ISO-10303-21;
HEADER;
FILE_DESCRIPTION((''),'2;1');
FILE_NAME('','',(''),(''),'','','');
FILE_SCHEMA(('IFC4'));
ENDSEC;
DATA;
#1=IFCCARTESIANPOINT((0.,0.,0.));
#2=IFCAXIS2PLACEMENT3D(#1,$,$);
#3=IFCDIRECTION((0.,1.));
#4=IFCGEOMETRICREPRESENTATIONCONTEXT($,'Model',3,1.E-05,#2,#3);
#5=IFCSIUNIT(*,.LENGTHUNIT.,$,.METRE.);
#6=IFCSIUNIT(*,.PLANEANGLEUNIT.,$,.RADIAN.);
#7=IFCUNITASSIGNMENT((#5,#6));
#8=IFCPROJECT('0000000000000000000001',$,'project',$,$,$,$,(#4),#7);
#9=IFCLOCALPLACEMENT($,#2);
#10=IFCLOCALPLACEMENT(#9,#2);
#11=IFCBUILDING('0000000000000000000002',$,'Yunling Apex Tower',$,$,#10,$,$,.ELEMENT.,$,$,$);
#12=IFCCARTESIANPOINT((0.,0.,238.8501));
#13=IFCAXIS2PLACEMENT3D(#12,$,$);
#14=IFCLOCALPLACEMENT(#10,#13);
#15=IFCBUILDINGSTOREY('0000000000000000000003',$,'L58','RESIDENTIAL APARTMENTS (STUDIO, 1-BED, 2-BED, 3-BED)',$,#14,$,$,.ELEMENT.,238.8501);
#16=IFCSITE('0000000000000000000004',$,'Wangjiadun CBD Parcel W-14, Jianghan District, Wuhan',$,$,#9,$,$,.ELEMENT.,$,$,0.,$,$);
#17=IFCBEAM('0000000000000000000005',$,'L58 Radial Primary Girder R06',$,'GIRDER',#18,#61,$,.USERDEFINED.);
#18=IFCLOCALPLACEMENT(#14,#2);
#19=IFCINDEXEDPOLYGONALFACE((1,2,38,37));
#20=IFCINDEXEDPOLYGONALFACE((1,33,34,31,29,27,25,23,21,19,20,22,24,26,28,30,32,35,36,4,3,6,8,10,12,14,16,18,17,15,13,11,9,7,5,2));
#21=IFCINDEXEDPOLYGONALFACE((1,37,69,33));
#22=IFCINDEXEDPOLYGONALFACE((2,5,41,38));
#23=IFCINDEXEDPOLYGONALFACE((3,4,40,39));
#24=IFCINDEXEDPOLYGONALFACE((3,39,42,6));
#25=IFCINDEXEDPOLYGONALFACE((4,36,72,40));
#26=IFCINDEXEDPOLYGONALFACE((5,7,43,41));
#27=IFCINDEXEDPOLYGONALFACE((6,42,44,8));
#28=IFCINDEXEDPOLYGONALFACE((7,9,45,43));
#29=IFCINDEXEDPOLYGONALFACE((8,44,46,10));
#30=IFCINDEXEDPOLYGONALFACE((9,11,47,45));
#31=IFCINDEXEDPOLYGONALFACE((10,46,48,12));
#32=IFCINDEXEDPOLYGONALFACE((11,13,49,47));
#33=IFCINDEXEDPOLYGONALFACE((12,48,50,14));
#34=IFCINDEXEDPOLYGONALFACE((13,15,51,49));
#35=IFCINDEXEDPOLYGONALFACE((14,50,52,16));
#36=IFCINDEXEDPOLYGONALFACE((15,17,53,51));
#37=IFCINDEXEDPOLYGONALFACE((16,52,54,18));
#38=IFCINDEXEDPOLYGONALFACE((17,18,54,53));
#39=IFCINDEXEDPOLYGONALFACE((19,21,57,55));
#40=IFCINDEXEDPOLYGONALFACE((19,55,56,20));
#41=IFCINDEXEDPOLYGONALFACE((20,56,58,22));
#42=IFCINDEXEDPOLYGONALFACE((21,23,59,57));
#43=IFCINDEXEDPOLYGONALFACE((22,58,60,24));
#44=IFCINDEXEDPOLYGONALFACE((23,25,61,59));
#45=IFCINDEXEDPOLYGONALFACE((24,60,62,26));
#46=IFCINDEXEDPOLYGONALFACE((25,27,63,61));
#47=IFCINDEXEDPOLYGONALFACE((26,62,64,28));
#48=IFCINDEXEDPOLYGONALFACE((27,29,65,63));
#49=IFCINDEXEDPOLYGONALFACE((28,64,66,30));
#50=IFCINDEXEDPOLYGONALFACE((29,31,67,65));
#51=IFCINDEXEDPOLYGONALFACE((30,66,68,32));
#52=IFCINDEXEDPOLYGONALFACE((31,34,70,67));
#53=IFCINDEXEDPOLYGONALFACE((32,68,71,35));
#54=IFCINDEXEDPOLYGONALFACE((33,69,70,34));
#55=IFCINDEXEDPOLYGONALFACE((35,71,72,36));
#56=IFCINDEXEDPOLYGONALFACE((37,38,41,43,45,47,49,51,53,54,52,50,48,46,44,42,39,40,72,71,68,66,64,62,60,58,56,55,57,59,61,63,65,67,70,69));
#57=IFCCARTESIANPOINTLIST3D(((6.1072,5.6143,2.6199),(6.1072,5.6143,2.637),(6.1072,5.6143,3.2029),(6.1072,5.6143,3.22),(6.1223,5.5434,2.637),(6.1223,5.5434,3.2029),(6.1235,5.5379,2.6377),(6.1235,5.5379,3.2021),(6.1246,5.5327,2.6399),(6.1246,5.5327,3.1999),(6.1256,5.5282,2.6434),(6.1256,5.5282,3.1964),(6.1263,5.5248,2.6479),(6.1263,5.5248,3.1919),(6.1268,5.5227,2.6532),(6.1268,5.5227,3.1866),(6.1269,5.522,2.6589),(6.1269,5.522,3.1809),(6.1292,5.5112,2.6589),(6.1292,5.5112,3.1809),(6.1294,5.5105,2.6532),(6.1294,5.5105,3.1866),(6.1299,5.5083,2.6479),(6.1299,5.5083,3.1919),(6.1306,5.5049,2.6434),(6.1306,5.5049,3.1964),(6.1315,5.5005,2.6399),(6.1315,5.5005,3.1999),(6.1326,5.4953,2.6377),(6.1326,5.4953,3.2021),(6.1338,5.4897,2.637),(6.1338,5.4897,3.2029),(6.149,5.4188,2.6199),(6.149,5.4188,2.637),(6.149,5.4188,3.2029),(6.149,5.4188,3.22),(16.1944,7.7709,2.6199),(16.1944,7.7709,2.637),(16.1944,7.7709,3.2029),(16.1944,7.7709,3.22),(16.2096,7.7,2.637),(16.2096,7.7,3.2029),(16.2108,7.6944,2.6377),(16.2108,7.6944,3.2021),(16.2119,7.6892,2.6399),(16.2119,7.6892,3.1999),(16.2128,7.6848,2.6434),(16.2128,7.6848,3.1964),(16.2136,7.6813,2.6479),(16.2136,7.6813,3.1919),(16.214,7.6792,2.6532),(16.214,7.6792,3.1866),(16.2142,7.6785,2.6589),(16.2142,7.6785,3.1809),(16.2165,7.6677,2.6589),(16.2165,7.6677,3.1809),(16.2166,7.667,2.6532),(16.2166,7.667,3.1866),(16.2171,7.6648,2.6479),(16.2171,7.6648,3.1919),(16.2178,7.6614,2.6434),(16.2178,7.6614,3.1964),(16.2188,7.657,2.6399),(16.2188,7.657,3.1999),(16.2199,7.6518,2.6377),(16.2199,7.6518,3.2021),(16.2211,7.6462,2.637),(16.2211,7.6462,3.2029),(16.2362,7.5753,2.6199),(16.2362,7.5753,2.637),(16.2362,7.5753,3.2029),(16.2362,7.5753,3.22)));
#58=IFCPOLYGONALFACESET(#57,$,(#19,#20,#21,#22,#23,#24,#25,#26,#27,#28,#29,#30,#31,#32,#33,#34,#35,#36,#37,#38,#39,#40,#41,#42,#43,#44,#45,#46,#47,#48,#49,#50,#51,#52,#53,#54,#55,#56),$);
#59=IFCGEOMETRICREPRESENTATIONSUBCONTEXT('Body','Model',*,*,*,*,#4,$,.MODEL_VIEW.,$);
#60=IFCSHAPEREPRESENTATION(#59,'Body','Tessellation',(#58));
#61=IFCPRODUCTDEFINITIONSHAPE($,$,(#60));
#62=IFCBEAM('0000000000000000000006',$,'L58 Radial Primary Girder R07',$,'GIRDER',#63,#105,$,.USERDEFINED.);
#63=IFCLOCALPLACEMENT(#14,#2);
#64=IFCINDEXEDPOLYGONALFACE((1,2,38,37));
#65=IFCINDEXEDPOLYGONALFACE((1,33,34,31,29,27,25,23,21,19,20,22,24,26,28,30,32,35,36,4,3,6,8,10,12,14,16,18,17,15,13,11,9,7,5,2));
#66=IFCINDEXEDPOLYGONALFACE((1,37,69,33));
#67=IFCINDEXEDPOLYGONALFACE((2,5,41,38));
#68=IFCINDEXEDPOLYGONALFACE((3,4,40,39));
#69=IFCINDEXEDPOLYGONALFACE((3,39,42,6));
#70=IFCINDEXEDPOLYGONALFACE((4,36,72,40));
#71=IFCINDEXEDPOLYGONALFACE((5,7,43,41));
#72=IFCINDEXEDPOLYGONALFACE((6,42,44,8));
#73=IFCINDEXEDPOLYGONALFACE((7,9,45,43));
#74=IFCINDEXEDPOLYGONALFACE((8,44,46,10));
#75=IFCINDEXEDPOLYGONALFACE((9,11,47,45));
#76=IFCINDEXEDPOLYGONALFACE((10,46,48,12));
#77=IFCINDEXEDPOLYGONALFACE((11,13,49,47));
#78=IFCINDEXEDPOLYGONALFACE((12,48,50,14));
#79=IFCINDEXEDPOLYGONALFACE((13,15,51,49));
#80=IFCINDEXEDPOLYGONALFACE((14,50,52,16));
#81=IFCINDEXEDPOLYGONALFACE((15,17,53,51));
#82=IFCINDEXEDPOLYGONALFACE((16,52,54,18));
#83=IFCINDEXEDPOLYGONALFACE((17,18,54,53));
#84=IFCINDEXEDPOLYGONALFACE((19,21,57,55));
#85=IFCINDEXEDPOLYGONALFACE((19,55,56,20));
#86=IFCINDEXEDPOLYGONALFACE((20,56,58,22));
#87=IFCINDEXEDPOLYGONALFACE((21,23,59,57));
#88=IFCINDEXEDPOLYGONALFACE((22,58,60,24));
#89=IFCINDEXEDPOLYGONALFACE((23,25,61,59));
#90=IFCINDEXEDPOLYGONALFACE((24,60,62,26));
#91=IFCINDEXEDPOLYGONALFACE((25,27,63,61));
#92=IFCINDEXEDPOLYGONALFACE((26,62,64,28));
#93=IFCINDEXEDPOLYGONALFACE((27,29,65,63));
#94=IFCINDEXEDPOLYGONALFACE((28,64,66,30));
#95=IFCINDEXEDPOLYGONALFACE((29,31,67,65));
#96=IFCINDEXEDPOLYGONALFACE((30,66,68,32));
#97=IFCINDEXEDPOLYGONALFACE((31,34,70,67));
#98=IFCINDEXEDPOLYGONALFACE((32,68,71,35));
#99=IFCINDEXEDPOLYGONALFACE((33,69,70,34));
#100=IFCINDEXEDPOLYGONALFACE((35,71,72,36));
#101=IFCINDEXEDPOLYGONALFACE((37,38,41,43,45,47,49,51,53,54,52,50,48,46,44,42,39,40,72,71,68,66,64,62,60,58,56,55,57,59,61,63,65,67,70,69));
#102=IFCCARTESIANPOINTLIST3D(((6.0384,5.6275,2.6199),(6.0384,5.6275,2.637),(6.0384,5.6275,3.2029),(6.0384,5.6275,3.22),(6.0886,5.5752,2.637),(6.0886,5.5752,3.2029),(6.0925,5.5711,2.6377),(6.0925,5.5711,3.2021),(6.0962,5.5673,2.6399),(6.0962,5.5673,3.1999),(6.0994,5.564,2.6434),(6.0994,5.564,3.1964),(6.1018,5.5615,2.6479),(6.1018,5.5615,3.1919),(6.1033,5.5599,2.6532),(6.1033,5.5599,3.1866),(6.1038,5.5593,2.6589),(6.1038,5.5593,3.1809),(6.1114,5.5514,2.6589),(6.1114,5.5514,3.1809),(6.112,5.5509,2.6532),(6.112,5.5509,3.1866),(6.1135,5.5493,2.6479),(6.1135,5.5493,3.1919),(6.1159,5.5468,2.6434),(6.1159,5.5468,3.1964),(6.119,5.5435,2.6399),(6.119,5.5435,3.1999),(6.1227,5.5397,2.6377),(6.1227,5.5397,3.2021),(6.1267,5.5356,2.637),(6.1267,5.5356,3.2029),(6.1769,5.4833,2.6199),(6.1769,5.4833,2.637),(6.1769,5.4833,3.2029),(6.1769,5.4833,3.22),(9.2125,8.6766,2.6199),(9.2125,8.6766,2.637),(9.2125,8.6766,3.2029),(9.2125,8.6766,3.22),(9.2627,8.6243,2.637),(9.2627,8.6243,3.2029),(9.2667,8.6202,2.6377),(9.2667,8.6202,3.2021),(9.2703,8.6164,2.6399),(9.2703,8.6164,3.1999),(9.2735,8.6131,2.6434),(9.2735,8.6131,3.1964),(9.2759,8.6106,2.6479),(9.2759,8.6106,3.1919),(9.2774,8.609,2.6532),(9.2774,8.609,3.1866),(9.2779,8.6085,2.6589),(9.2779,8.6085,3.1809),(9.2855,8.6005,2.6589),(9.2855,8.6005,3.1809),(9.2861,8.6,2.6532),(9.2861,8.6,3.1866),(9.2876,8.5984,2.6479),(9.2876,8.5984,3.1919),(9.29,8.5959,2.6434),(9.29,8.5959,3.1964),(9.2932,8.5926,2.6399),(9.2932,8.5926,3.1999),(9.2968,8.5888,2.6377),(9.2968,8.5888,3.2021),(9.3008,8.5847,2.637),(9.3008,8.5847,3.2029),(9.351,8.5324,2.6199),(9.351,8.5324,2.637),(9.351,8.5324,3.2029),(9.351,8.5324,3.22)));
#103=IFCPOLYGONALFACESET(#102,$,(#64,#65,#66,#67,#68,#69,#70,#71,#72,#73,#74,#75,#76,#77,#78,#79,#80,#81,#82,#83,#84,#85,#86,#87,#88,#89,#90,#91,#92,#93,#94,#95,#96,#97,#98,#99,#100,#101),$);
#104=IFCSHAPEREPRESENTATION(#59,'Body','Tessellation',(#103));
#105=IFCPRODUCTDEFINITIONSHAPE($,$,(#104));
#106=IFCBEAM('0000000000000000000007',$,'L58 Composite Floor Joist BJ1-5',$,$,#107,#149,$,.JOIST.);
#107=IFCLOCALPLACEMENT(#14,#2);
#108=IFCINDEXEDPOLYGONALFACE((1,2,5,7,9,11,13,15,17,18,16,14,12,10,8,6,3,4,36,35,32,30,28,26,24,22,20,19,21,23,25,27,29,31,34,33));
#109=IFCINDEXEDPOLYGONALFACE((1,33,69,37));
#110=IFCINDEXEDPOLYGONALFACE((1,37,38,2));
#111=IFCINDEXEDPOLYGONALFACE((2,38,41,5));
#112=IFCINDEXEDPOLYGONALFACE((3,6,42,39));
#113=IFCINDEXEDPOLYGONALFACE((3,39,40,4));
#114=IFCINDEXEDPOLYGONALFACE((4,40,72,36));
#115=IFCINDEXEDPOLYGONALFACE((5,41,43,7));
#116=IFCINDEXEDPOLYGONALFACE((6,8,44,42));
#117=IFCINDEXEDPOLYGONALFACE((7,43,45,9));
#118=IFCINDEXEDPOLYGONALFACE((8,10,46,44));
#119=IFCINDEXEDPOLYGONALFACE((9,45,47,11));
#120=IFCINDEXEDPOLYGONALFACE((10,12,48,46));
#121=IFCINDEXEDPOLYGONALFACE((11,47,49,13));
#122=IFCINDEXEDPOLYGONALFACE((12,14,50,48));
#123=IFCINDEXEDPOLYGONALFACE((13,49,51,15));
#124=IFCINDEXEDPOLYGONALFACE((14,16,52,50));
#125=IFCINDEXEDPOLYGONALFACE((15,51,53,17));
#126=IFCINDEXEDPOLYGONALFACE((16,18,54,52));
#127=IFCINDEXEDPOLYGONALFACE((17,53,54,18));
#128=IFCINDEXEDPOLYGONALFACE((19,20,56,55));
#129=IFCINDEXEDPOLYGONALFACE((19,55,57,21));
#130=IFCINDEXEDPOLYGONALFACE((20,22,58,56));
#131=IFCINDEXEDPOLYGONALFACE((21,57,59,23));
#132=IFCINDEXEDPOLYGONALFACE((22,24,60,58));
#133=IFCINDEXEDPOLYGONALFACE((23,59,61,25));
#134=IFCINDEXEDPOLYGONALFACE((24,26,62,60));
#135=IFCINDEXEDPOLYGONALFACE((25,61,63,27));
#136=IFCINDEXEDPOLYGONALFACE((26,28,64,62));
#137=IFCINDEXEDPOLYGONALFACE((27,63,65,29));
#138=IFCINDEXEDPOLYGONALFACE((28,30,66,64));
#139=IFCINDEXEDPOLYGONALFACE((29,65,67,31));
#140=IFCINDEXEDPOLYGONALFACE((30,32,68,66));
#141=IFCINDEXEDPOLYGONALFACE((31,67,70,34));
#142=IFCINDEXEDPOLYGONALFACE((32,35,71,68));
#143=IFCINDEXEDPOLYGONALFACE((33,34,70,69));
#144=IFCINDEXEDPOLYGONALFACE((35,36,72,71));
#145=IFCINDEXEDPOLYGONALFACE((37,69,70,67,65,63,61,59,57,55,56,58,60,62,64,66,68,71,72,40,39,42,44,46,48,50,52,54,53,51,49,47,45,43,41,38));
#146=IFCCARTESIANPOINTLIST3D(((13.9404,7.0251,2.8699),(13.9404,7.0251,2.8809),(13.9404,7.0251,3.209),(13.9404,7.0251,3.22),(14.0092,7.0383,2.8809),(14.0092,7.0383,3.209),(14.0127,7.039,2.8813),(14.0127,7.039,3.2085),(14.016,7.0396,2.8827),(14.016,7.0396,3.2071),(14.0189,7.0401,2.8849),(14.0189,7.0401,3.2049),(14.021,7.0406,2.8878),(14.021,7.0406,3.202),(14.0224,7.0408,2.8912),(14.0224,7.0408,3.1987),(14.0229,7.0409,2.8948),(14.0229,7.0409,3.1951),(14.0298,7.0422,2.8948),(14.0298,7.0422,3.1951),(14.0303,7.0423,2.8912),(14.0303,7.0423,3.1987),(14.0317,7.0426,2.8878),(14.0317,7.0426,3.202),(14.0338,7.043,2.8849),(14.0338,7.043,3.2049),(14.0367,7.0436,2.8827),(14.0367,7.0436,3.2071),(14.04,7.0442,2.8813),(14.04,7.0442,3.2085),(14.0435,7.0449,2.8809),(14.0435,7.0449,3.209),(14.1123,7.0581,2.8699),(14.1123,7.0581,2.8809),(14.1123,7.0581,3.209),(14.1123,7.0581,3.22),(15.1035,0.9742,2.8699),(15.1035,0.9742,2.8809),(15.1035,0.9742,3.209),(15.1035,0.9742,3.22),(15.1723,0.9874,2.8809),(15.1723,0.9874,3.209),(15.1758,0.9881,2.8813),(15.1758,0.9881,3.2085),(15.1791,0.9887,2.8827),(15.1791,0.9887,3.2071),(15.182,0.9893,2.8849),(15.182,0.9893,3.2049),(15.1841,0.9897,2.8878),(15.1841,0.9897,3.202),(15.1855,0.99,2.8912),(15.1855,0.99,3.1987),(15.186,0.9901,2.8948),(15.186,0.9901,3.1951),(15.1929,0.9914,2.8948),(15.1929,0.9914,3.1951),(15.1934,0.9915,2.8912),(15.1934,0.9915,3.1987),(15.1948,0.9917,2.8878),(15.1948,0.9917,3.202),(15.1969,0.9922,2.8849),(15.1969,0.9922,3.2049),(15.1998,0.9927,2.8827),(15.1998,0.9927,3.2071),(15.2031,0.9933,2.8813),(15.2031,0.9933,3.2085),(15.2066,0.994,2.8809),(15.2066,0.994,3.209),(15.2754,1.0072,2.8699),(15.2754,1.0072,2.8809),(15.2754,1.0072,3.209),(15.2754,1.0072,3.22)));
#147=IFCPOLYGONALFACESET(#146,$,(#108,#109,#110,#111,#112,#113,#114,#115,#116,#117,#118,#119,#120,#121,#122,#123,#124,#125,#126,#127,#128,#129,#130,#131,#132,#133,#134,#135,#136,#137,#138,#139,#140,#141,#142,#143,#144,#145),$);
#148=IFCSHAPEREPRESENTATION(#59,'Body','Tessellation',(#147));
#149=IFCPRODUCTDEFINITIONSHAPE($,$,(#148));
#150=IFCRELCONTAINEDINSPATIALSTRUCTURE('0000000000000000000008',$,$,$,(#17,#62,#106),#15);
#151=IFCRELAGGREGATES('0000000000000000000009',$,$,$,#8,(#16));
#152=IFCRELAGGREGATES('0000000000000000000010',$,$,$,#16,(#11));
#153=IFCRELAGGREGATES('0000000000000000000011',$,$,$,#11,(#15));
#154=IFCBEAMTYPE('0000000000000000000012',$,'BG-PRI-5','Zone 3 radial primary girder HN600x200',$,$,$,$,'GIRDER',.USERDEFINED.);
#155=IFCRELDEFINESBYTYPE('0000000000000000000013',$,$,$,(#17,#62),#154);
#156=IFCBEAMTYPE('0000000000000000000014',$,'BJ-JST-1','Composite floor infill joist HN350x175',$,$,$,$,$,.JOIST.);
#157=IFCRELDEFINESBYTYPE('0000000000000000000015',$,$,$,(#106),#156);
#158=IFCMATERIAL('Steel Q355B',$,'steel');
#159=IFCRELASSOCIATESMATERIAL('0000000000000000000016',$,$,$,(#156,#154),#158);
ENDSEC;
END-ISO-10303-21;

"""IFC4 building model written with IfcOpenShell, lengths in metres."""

from ifc_helpers import new_model, si_unit, direction, frame, origin, origin_2d, place, context, subcontext, project, spatial, i_section, extrude, source, transform, mapped, material, material_profile, profile_set, type_object, element, save


model = new_model("IFC4")

# Units and contexts
model_context = context("Model", 3, precision=1e-05, world=origin(), true_north=direction((0.0, 1.0)))
body_context = subcontext(model_context, "Body", "Model", "MODEL_VIEW")
ifc_project = project(units=[si_unit("LENGTHUNIT", "METRE"), si_unit("PLANEANGLEUNIT", "RADIAN")], contexts=[model_context])

# Site, building, storey
site_placement = place(None, origin())
site = spatial("IfcSite", under=ifc_project, at=site_placement, Name="Wangjiadun CBD Parcel W-14, Jianghan District, Wuhan", CompositionType="ELEMENT", RefElevation=0.0)
building_placement = place(site_placement, origin())
building = spatial("IfcBuilding", under=site, at=building_placement, Name="Yunling Apex Tower", CompositionType="ELEMENT")
storey_placement = place(building_placement, frame((0.0, 0.0, 238.8501)))
storey = spatial("IfcBuildingStorey", under=building, at=storey_placement, Name="L58", Description="RESIDENTIAL APARTMENTS (STUDIO, 1-BED, 2-BED, 3-BED)", CompositionType="ELEMENT", Elevation=238.8501)

# Beams
ifc_material_1 = material(Name="Steel Q355B", Category="steel")
ifc_material_profile_1 = material_profile(ifc_material_1, i_section(OverallWidth=0.175, OverallDepth=0.3501, WebThickness=0.0071, FlangeThickness=0.011, FilletRadius=0.0139, at=origin_2d()))
ifc_profile_set_1 = profile_set([ifc_material_profile_1], Name="Steel Q355B")
beam_type_1 = type_object("IfcBeamType", Name="BJ-JST-1", Description="Composite floor infill joist HN350x175", PredefinedType="JOIST", material=ifc_profile_set_1)
ifc_material_profile_2 = material_profile(ifc_material_1, i_section(OverallWidth=0.2, OverallDepth=0.6001, WebThickness=0.011, FlangeThickness=0.0171, FilletRadius=0.022, at=origin_2d()))
ifc_profile_set_2 = profile_set([ifc_material_profile_2], Name="Steel Q355B")
beam_type_2 = type_object("IfcBeamType", Name="BG-PRI-5", Description="Zone 3 radial primary girder HN600x200", ElementType="GIRDER", PredefinedType="USERDEFINED", material=ifc_profile_set_2)
shared_shape_1 = source(origin(), body_context, "Body", "SweptSolid", [
    extrude(i_section(OverallWidth=0.2, OverallDepth=0.6001, WebThickness=0.011, FlangeThickness=0.0171, FilletRadius=0.022, at=origin_2d()), origin(), (0.0, 0.0, 1.0), 10.3152),
])
beam_1_placement = place(storey_placement, frame((16.2153, 7.6731, 2.9199), z_axis=(-0.977902, -0.209062, 0.0), x_axis=(0.209062, -0.977902, 0.0)))
element("IfcBeam", 1, at=beam_1_placement, inside=storey, type_object=beam_type_2, Name="L58 Radial Primary Girder R06", ObjectType="GIRDER", PredefinedType="USERDEFINED", context=body_context, shape_type="MappedRepresentation", body=[
    mapped(shared_shape_1, transform((0.0, 0.0, 0.0), scale=1.0)),
])
shared_shape_2 = source(origin(), body_context, "Body", "SweptSolid", [
    extrude(i_section(OverallWidth=0.2, OverallDepth=0.6001, WebThickness=0.011, FlangeThickness=0.0171, FilletRadius=0.022, at=origin_2d()), origin(), (0.0, 0.0, 1.0), 4.4014),
])
beam_2_placement = place(storey_placement, frame((9.2817, 8.6045, 2.9199), z_axis=(-0.721164, -0.692764, 0.0), x_axis=(0.692764, -0.721164, 0.0)))
element("IfcBeam", 2, at=beam_2_placement, inside=storey, type_object=beam_type_2, Name="L58 Radial Primary Girder R07", ObjectType="GIRDER", PredefinedType="USERDEFINED", context=body_context, shape_type="MappedRepresentation", body=[
    mapped(shared_shape_2, transform((0.0, 0.0, 0.0), scale=1.0)),
])
shared_shape_3 = source(origin(), body_context, "Body", "SweptSolid", [
    extrude(i_section(OverallWidth=0.175, OverallDepth=0.3501, WebThickness=0.0071, FlangeThickness=0.011, FilletRadius=0.0139, at=origin_2d()), origin(), (0.0, 0.0, 1.0), 6.1616),
])
beam_3_placement = place(storey_placement, frame((15.1895, 0.9907, 3.0449), z_axis=(-0.188765, 0.982022, 0.0), x_axis=(-0.982022, -0.188765, 0.0)))
element("IfcBeam", 3, at=beam_3_placement, inside=storey, type_object=beam_type_1, Name="L58 Composite Floor Joist BJ1-5", PredefinedType="JOIST", context=body_context, shape_type="MappedRepresentation", body=[
    mapped(shared_shape_3, transform((0.0, 0.0, 0.0), scale=1.0)),
])

save(model, "model.ifc")
